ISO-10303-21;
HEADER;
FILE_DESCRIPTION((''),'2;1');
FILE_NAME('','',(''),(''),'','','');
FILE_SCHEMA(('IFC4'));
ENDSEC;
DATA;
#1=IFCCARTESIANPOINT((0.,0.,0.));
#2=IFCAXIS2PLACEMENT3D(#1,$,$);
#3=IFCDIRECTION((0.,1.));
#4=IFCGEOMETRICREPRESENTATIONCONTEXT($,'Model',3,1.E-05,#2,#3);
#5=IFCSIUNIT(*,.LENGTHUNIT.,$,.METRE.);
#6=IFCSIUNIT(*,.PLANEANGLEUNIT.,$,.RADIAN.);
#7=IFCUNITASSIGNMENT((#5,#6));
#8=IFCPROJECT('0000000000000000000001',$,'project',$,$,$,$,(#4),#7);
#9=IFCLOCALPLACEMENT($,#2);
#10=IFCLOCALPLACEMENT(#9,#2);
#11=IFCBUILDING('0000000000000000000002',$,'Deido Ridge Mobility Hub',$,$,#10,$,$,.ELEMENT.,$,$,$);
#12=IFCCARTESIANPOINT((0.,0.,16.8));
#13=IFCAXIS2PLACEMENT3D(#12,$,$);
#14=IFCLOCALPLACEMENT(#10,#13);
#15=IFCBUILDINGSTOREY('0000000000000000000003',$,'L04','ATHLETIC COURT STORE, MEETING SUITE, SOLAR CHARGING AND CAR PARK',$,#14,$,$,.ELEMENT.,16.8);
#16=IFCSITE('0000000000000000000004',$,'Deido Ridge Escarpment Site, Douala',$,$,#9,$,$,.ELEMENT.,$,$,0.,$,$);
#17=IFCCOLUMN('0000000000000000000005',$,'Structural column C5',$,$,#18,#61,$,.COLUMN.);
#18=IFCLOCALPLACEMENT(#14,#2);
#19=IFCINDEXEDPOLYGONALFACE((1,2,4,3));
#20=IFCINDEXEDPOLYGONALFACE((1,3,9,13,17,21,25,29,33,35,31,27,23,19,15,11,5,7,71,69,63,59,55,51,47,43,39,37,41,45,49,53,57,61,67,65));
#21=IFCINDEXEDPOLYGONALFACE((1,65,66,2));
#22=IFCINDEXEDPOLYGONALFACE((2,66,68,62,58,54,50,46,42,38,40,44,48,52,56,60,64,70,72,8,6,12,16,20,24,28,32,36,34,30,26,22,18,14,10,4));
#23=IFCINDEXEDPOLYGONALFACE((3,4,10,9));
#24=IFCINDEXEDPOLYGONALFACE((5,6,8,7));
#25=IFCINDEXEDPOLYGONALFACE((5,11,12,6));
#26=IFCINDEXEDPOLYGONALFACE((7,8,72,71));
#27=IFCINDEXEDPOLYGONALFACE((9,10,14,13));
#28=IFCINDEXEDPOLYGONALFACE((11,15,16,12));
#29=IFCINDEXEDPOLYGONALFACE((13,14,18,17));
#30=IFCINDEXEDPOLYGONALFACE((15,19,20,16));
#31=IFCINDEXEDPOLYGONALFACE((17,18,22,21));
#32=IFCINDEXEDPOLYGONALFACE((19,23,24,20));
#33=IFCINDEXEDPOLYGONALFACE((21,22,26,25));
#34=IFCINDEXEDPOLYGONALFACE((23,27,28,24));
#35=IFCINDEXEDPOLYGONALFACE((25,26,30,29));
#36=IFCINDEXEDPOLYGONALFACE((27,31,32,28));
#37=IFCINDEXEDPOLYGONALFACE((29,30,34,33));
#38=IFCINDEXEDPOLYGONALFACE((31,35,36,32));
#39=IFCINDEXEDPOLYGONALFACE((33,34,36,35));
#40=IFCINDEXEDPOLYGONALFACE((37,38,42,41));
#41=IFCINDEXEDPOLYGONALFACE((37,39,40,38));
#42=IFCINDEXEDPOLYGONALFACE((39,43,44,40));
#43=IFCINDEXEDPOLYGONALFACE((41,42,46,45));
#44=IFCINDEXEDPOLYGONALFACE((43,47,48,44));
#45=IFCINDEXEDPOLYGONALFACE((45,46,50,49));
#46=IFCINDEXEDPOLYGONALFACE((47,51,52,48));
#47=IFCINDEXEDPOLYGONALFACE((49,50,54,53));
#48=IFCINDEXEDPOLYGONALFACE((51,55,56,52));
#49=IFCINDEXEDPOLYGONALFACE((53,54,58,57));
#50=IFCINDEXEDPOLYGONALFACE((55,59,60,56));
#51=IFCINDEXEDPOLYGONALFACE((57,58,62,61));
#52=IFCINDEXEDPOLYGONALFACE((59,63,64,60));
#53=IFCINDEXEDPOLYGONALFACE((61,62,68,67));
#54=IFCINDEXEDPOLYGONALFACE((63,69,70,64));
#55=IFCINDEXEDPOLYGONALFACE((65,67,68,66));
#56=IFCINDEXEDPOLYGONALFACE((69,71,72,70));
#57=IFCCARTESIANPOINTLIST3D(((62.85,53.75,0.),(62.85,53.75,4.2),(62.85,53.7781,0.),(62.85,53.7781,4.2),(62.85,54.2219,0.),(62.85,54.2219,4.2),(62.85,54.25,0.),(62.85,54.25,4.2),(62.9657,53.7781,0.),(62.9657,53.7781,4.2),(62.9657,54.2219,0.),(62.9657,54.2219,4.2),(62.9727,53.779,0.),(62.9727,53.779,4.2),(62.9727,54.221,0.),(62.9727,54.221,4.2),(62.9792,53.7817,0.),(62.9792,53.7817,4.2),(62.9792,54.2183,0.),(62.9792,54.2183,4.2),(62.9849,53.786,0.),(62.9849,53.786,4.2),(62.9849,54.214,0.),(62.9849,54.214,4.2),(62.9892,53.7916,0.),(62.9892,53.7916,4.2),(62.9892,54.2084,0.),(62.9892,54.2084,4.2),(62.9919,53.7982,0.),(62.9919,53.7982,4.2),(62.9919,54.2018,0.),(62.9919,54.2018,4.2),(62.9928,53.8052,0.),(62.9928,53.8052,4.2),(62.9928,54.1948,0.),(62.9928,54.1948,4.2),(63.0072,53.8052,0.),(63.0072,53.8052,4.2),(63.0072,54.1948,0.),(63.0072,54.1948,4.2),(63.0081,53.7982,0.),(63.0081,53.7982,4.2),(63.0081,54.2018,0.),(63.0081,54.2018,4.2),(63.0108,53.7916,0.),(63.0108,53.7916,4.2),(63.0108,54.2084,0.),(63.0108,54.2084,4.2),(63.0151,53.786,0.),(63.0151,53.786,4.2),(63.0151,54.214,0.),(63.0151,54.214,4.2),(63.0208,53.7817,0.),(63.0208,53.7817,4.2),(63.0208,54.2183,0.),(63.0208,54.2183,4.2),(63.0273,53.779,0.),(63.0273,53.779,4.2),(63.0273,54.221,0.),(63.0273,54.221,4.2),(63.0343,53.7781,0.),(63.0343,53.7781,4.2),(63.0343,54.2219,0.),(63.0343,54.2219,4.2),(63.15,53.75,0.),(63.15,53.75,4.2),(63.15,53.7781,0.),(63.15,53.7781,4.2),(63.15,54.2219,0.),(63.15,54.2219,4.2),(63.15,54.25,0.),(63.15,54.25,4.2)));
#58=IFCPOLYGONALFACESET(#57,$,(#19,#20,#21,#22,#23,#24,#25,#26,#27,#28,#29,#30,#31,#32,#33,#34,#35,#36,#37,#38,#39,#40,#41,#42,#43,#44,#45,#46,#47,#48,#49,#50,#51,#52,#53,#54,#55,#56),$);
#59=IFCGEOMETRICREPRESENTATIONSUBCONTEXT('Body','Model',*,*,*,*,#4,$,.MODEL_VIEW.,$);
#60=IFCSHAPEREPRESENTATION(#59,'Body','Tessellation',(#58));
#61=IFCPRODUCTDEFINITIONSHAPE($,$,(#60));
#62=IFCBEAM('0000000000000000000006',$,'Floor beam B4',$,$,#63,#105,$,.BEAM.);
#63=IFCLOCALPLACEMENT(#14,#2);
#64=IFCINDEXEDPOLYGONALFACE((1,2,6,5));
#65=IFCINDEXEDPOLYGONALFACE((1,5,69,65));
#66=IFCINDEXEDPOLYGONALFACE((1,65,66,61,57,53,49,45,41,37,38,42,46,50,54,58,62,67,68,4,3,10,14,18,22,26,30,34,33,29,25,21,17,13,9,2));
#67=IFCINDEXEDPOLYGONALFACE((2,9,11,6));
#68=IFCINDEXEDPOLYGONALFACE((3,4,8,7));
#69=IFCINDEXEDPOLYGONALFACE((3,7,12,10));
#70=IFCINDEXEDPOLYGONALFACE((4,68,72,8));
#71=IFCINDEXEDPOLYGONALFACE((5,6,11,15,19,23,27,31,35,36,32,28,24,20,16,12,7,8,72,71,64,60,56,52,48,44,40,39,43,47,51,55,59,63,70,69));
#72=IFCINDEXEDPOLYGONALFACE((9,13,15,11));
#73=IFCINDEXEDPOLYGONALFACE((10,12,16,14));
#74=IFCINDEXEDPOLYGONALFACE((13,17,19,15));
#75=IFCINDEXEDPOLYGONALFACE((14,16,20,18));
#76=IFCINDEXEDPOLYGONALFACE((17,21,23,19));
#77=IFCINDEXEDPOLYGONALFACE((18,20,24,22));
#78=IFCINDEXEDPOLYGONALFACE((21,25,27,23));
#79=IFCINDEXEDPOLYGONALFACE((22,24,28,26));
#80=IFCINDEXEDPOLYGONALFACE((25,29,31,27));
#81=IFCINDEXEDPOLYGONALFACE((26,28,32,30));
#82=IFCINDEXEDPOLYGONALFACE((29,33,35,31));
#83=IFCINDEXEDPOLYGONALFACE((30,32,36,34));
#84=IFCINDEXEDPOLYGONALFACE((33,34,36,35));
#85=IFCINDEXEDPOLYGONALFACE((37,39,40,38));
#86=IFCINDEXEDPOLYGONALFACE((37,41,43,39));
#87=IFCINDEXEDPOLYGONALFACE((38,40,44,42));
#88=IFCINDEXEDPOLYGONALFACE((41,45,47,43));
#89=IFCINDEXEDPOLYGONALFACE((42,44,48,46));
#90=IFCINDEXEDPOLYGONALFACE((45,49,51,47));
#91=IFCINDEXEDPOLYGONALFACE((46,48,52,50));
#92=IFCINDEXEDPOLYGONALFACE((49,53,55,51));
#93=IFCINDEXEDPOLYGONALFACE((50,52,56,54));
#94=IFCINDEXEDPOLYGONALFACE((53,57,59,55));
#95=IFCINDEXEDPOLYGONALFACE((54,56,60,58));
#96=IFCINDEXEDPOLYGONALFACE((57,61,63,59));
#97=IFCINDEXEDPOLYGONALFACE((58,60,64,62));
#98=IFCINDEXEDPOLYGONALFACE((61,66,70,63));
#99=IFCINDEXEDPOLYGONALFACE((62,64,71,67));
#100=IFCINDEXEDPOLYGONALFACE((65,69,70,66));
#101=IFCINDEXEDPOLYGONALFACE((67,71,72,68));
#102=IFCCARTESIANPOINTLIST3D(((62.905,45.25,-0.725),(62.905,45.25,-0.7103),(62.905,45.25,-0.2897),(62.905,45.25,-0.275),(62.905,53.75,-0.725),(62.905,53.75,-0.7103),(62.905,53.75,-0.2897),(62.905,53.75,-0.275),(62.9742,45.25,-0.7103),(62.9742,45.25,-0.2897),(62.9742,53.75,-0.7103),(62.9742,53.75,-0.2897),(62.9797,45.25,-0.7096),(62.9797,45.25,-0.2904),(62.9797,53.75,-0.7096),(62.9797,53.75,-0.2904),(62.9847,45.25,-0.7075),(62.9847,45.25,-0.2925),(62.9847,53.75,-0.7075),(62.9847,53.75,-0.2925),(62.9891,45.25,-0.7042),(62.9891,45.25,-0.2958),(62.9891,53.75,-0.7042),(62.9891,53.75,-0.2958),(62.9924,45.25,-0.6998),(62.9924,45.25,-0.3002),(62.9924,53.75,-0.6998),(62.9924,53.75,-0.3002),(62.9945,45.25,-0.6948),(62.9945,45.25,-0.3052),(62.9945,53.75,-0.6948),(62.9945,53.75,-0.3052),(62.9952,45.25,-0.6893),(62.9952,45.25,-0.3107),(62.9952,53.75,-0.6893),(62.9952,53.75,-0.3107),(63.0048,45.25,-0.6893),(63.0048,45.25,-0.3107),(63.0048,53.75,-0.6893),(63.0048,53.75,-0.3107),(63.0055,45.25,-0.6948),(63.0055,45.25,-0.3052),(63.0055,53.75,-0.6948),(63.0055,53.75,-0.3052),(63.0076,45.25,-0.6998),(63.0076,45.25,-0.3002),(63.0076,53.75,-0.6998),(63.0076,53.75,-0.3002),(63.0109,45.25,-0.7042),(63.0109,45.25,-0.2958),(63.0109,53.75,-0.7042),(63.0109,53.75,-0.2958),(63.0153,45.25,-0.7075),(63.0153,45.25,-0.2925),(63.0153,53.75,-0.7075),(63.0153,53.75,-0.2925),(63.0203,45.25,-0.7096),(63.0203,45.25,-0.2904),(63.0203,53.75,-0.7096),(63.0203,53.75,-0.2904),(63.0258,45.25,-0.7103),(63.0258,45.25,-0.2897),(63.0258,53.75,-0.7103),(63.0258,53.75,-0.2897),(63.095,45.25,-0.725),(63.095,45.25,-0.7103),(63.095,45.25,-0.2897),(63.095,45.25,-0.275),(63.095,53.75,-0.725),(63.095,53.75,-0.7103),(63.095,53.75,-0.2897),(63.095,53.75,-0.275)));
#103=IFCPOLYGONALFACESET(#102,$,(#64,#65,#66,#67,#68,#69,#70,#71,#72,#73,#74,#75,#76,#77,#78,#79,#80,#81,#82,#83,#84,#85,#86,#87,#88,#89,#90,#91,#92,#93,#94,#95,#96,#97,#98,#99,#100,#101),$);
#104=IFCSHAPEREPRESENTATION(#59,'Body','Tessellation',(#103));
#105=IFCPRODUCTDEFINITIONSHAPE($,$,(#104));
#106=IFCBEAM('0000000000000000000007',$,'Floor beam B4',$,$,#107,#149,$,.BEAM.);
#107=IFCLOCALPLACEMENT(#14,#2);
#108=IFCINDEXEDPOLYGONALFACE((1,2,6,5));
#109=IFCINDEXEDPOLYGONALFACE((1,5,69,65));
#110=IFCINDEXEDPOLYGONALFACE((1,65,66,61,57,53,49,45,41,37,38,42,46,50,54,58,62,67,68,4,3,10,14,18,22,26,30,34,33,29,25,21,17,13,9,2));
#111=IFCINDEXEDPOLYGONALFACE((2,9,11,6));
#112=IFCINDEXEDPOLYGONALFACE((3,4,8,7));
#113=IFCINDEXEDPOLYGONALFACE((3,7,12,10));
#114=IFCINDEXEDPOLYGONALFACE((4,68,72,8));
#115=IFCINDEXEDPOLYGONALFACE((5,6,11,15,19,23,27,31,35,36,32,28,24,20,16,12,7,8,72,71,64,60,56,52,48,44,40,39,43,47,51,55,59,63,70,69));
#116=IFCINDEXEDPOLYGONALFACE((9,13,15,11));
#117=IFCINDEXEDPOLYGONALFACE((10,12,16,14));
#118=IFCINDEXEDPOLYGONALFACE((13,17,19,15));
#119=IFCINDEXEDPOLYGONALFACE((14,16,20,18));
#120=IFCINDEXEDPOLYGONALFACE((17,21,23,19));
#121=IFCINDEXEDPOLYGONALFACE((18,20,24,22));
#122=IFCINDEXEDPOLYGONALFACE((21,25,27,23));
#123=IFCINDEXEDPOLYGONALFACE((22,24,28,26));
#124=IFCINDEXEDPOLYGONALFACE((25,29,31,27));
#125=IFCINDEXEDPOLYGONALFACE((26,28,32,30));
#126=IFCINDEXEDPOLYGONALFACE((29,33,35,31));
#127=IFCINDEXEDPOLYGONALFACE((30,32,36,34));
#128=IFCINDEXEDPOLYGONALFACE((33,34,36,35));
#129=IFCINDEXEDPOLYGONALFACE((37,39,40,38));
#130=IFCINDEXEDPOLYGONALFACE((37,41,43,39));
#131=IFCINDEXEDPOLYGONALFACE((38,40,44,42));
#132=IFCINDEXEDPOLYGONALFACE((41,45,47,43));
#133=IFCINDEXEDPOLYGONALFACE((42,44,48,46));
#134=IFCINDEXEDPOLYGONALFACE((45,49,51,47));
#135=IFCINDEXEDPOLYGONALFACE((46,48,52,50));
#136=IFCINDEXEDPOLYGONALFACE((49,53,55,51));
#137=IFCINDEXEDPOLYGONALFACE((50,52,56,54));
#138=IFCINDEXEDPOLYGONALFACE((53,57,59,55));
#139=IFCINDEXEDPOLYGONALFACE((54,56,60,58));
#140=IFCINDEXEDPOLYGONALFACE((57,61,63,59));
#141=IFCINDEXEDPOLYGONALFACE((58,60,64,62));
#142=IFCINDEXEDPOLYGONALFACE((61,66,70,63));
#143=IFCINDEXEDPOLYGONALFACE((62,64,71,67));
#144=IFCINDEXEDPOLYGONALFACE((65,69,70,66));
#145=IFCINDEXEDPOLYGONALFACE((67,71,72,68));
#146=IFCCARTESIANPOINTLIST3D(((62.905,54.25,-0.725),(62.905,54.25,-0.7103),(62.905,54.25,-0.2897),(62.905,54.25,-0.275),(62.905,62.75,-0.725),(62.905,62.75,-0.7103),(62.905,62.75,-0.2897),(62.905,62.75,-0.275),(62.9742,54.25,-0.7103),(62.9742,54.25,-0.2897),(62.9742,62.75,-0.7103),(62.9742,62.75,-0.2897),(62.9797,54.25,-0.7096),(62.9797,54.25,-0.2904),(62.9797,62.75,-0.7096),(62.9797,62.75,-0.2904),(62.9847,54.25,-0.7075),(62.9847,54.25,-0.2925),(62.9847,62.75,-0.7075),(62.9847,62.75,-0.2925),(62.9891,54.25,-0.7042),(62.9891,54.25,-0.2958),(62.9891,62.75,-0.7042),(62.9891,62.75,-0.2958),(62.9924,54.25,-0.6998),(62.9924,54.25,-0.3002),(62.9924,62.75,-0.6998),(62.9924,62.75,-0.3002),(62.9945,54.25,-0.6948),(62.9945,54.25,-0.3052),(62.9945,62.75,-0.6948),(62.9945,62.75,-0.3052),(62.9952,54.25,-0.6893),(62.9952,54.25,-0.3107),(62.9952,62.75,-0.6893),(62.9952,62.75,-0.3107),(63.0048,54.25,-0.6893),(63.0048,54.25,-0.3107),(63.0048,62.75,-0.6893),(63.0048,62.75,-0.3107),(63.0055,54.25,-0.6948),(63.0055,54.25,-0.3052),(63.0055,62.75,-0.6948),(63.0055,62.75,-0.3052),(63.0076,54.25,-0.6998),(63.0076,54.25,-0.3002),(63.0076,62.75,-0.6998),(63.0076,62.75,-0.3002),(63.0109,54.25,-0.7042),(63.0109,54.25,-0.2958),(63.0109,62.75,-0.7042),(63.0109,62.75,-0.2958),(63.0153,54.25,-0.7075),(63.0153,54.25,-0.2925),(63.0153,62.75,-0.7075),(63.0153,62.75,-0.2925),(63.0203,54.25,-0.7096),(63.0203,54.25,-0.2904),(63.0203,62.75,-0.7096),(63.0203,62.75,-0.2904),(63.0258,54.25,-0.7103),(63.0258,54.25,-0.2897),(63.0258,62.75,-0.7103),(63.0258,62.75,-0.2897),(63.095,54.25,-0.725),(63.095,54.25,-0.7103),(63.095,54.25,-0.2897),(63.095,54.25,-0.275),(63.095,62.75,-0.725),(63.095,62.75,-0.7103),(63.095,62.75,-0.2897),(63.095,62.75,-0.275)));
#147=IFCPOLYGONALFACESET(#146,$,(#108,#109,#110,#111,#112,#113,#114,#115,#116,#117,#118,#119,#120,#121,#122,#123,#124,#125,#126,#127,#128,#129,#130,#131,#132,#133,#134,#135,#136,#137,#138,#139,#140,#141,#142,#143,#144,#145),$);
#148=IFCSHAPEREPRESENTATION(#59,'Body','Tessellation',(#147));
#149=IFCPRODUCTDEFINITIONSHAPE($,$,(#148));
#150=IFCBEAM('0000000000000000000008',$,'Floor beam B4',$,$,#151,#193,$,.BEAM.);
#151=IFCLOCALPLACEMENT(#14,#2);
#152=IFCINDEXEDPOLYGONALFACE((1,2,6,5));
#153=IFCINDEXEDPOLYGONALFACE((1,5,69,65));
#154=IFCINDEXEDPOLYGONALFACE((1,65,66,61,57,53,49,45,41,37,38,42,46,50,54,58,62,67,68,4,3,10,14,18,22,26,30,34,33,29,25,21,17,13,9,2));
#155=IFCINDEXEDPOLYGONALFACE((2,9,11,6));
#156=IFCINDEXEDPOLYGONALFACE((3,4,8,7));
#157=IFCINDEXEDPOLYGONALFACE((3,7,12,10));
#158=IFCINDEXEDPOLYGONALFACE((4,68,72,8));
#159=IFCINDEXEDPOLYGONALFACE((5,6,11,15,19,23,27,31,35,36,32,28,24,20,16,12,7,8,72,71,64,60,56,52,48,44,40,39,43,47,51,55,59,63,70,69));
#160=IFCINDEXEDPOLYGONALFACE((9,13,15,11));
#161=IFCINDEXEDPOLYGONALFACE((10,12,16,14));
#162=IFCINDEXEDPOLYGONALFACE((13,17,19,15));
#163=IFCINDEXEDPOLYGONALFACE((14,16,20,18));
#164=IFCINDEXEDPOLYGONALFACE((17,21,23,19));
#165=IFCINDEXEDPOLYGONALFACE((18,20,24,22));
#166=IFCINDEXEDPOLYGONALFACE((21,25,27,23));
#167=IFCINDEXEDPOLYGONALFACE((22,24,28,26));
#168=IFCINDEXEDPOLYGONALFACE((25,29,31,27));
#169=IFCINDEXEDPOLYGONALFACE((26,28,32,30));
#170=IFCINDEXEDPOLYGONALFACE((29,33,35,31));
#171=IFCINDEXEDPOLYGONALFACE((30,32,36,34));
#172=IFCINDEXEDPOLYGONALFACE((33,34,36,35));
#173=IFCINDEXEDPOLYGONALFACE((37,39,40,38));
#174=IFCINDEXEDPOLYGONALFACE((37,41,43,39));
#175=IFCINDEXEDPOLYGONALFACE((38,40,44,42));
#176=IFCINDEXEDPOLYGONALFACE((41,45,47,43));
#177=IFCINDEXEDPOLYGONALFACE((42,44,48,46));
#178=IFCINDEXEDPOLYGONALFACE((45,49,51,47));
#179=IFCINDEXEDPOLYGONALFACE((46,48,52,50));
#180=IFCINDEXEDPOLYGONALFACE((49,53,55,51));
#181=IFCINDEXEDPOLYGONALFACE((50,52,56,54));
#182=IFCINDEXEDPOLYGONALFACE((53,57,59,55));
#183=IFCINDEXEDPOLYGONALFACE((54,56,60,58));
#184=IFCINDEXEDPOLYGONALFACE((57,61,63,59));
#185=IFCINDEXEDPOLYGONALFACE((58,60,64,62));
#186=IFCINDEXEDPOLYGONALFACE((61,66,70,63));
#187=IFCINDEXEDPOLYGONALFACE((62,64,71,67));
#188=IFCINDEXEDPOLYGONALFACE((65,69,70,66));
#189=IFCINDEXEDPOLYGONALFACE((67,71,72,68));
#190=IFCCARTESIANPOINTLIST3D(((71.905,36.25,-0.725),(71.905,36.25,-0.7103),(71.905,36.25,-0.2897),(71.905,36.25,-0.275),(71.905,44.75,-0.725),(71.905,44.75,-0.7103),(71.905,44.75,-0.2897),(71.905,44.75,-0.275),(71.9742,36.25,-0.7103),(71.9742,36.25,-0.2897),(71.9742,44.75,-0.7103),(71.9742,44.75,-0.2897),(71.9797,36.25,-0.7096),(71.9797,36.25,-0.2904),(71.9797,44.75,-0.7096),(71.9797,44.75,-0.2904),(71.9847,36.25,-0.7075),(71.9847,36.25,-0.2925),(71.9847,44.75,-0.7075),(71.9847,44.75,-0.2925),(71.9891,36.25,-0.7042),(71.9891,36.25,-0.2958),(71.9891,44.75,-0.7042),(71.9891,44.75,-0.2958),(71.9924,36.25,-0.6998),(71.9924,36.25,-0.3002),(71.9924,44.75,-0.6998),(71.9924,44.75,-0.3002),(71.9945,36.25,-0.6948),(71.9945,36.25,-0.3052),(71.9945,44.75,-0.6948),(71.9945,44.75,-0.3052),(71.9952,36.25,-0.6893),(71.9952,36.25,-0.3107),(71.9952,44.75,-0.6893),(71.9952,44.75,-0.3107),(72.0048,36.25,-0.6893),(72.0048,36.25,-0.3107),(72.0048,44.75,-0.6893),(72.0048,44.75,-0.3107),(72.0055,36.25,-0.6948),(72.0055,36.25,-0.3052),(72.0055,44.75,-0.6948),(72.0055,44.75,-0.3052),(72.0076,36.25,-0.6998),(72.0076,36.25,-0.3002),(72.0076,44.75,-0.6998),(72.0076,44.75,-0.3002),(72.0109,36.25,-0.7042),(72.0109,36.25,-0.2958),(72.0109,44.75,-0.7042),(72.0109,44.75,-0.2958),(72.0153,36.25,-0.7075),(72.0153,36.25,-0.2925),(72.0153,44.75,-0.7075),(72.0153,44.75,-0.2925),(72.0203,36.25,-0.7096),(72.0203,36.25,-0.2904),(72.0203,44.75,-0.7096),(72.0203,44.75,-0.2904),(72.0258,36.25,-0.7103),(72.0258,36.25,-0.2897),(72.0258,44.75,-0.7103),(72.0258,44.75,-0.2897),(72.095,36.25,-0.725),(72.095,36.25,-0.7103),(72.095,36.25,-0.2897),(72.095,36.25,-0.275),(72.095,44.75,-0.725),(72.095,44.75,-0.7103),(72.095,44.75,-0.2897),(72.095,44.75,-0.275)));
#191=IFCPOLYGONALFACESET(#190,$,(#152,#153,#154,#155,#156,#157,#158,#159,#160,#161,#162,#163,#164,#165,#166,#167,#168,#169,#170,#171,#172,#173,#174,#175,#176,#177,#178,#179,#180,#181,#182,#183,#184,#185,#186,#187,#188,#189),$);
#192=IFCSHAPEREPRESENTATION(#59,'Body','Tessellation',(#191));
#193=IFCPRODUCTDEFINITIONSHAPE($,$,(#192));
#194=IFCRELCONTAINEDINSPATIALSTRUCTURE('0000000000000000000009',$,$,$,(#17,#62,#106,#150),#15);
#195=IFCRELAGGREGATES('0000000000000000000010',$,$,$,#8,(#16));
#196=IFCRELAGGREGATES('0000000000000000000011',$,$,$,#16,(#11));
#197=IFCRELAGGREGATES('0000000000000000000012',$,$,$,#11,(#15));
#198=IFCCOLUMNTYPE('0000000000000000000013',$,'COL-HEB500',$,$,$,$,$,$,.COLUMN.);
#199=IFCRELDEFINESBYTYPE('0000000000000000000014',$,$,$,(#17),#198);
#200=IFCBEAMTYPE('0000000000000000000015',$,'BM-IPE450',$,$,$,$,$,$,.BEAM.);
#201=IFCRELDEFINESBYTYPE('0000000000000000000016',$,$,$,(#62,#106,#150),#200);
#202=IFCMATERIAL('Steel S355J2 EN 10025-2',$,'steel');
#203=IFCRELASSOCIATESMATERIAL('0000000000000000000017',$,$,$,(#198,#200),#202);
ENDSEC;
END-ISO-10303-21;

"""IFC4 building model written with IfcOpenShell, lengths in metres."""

from ifc_helpers import new_model, si_unit, direction, frame, origin, origin_2d, place, context, subcontext, project, spatial, i_section, extrude, material, material_profile, profile_set, type_object, element, save


model = new_model("IFC4")

# Units and contexts
model_context = context("Model", 3, precision=1e-05, world=origin(), true_north=direction((0.0, 1.0)))
body_context = subcontext(model_context, "Body", "Model", "MODEL_VIEW")
ifc_project = project(units=[si_unit("LENGTHUNIT", "METRE"), si_unit("PLANEANGLEUNIT", "RADIAN")], contexts=[model_context])

# Site, building, storey
site_placement = place(None, origin())
site = spatial("IfcSite", under=ifc_project, at=site_placement, Name="Deido Ridge Escarpment Site, Douala", CompositionType="ELEMENT", RefElevation=0.0)
building_placement = place(site_placement, origin())
building = spatial("IfcBuilding", under=site, at=building_placement, Name="Deido Ridge Mobility Hub", CompositionType="ELEMENT")
storey_placement = place(building_placement, frame((0.0, 0.0, 16.8)))
storey = spatial("IfcBuildingStorey", under=building, at=storey_placement, Name="L04", Description="ATHLETIC COURT STORE, MEETING SUITE, SOLAR CHARGING AND CAR PARK", CompositionType="ELEMENT", Elevation=16.8)

# Column
ifc_material_1 = material(Name="Steel S355J2 EN 10025-2", Category="steel")
ifc_material_profile_1 = material_profile(ifc_material_1, i_section(OverallWidth=0.3, OverallDepth=0.5, WebThickness=0.0144, FlangeThickness=0.0281, FilletRadius=0.0271, at=origin_2d()), Name="HEB 500")
ifc_profile_set_1 = profile_set([ifc_material_profile_1], Name="Steel S355J2 EN 10025-2")
column_type = type_object("IfcColumnType", Name="COL-HEB500", PredefinedType="COLUMN", material=ifc_profile_set_1)
for number, where, z_axis, x_axis, name in (
    (1, (63.0, 54.0, 0.0), (0.0, 0.0, 1.0), (1.0, 0.0, 0.0), "Structural column C5"),
):
    element("IfcColumn", number, at=place(storey_placement, frame(where, z_axis=z_axis, x_axis=x_axis)), inside=storey, type_object=column_type, Name=name, PredefinedType="COLUMN", context=body_context, shape_type="SweptSolid", body=[
        extrude(i_section(OverallWidth=0.3, OverallDepth=0.5, WebThickness=0.0144, FlangeThickness=0.0281, FilletRadius=0.0271, at=origin_2d()), origin(), (0.0, 0.0, 1.0), 4.2),
    ])

# Beams
ifc_material_profile_2 = material_profile(ifc_material_1, i_section(OverallWidth=0.1899, OverallDepth=0.45, WebThickness=0.0095, FlangeThickness=0.0146, FilletRadius=0.021, at=origin_2d()), Name="IPE 450")
ifc_profile_set_2 = profile_set([ifc_material_profile_2], Name="Steel S355J2 EN 10025-2")
beam_type_1 = type_object("IfcBeamType", Name="BM-IPE450", PredefinedType="BEAM", material=ifc_profile_set_2)
for number, where, z_axis, x_axis, name in (
    (2, (63.0, 45.25, -0.5), (0.0, 1.0, 0.0), (-1.0, 0.0, 0.0), "Floor beam B4"),
    (3, (63.0, 54.25, -0.5), (0.0, 1.0, 0.0), (-1.0, 0.0, 0.0), "Floor beam B4"),
    (4, (72.0, 36.25, -0.5), (0.0, 1.0, 0.0), (-1.0, 0.0, 0.0), "Floor beam B4"),
):
    element("IfcBeam", number, at=place(storey_placement, frame(where, z_axis=z_axis, x_axis=x_axis)), inside=storey, type_object=beam_type_1, Name=name, PredefinedType="BEAM", context=body_context, shape_type="SweptSolid", body=[
        extrude(i_section(OverallWidth=0.1899, OverallDepth=0.45, WebThickness=0.0095, FlangeThickness=0.0146, FilletRadius=0.021, at=origin_2d()), origin(), (0.0, 0.0, 1.0), 8.5),
    ])

save(model, "model.ifc")
